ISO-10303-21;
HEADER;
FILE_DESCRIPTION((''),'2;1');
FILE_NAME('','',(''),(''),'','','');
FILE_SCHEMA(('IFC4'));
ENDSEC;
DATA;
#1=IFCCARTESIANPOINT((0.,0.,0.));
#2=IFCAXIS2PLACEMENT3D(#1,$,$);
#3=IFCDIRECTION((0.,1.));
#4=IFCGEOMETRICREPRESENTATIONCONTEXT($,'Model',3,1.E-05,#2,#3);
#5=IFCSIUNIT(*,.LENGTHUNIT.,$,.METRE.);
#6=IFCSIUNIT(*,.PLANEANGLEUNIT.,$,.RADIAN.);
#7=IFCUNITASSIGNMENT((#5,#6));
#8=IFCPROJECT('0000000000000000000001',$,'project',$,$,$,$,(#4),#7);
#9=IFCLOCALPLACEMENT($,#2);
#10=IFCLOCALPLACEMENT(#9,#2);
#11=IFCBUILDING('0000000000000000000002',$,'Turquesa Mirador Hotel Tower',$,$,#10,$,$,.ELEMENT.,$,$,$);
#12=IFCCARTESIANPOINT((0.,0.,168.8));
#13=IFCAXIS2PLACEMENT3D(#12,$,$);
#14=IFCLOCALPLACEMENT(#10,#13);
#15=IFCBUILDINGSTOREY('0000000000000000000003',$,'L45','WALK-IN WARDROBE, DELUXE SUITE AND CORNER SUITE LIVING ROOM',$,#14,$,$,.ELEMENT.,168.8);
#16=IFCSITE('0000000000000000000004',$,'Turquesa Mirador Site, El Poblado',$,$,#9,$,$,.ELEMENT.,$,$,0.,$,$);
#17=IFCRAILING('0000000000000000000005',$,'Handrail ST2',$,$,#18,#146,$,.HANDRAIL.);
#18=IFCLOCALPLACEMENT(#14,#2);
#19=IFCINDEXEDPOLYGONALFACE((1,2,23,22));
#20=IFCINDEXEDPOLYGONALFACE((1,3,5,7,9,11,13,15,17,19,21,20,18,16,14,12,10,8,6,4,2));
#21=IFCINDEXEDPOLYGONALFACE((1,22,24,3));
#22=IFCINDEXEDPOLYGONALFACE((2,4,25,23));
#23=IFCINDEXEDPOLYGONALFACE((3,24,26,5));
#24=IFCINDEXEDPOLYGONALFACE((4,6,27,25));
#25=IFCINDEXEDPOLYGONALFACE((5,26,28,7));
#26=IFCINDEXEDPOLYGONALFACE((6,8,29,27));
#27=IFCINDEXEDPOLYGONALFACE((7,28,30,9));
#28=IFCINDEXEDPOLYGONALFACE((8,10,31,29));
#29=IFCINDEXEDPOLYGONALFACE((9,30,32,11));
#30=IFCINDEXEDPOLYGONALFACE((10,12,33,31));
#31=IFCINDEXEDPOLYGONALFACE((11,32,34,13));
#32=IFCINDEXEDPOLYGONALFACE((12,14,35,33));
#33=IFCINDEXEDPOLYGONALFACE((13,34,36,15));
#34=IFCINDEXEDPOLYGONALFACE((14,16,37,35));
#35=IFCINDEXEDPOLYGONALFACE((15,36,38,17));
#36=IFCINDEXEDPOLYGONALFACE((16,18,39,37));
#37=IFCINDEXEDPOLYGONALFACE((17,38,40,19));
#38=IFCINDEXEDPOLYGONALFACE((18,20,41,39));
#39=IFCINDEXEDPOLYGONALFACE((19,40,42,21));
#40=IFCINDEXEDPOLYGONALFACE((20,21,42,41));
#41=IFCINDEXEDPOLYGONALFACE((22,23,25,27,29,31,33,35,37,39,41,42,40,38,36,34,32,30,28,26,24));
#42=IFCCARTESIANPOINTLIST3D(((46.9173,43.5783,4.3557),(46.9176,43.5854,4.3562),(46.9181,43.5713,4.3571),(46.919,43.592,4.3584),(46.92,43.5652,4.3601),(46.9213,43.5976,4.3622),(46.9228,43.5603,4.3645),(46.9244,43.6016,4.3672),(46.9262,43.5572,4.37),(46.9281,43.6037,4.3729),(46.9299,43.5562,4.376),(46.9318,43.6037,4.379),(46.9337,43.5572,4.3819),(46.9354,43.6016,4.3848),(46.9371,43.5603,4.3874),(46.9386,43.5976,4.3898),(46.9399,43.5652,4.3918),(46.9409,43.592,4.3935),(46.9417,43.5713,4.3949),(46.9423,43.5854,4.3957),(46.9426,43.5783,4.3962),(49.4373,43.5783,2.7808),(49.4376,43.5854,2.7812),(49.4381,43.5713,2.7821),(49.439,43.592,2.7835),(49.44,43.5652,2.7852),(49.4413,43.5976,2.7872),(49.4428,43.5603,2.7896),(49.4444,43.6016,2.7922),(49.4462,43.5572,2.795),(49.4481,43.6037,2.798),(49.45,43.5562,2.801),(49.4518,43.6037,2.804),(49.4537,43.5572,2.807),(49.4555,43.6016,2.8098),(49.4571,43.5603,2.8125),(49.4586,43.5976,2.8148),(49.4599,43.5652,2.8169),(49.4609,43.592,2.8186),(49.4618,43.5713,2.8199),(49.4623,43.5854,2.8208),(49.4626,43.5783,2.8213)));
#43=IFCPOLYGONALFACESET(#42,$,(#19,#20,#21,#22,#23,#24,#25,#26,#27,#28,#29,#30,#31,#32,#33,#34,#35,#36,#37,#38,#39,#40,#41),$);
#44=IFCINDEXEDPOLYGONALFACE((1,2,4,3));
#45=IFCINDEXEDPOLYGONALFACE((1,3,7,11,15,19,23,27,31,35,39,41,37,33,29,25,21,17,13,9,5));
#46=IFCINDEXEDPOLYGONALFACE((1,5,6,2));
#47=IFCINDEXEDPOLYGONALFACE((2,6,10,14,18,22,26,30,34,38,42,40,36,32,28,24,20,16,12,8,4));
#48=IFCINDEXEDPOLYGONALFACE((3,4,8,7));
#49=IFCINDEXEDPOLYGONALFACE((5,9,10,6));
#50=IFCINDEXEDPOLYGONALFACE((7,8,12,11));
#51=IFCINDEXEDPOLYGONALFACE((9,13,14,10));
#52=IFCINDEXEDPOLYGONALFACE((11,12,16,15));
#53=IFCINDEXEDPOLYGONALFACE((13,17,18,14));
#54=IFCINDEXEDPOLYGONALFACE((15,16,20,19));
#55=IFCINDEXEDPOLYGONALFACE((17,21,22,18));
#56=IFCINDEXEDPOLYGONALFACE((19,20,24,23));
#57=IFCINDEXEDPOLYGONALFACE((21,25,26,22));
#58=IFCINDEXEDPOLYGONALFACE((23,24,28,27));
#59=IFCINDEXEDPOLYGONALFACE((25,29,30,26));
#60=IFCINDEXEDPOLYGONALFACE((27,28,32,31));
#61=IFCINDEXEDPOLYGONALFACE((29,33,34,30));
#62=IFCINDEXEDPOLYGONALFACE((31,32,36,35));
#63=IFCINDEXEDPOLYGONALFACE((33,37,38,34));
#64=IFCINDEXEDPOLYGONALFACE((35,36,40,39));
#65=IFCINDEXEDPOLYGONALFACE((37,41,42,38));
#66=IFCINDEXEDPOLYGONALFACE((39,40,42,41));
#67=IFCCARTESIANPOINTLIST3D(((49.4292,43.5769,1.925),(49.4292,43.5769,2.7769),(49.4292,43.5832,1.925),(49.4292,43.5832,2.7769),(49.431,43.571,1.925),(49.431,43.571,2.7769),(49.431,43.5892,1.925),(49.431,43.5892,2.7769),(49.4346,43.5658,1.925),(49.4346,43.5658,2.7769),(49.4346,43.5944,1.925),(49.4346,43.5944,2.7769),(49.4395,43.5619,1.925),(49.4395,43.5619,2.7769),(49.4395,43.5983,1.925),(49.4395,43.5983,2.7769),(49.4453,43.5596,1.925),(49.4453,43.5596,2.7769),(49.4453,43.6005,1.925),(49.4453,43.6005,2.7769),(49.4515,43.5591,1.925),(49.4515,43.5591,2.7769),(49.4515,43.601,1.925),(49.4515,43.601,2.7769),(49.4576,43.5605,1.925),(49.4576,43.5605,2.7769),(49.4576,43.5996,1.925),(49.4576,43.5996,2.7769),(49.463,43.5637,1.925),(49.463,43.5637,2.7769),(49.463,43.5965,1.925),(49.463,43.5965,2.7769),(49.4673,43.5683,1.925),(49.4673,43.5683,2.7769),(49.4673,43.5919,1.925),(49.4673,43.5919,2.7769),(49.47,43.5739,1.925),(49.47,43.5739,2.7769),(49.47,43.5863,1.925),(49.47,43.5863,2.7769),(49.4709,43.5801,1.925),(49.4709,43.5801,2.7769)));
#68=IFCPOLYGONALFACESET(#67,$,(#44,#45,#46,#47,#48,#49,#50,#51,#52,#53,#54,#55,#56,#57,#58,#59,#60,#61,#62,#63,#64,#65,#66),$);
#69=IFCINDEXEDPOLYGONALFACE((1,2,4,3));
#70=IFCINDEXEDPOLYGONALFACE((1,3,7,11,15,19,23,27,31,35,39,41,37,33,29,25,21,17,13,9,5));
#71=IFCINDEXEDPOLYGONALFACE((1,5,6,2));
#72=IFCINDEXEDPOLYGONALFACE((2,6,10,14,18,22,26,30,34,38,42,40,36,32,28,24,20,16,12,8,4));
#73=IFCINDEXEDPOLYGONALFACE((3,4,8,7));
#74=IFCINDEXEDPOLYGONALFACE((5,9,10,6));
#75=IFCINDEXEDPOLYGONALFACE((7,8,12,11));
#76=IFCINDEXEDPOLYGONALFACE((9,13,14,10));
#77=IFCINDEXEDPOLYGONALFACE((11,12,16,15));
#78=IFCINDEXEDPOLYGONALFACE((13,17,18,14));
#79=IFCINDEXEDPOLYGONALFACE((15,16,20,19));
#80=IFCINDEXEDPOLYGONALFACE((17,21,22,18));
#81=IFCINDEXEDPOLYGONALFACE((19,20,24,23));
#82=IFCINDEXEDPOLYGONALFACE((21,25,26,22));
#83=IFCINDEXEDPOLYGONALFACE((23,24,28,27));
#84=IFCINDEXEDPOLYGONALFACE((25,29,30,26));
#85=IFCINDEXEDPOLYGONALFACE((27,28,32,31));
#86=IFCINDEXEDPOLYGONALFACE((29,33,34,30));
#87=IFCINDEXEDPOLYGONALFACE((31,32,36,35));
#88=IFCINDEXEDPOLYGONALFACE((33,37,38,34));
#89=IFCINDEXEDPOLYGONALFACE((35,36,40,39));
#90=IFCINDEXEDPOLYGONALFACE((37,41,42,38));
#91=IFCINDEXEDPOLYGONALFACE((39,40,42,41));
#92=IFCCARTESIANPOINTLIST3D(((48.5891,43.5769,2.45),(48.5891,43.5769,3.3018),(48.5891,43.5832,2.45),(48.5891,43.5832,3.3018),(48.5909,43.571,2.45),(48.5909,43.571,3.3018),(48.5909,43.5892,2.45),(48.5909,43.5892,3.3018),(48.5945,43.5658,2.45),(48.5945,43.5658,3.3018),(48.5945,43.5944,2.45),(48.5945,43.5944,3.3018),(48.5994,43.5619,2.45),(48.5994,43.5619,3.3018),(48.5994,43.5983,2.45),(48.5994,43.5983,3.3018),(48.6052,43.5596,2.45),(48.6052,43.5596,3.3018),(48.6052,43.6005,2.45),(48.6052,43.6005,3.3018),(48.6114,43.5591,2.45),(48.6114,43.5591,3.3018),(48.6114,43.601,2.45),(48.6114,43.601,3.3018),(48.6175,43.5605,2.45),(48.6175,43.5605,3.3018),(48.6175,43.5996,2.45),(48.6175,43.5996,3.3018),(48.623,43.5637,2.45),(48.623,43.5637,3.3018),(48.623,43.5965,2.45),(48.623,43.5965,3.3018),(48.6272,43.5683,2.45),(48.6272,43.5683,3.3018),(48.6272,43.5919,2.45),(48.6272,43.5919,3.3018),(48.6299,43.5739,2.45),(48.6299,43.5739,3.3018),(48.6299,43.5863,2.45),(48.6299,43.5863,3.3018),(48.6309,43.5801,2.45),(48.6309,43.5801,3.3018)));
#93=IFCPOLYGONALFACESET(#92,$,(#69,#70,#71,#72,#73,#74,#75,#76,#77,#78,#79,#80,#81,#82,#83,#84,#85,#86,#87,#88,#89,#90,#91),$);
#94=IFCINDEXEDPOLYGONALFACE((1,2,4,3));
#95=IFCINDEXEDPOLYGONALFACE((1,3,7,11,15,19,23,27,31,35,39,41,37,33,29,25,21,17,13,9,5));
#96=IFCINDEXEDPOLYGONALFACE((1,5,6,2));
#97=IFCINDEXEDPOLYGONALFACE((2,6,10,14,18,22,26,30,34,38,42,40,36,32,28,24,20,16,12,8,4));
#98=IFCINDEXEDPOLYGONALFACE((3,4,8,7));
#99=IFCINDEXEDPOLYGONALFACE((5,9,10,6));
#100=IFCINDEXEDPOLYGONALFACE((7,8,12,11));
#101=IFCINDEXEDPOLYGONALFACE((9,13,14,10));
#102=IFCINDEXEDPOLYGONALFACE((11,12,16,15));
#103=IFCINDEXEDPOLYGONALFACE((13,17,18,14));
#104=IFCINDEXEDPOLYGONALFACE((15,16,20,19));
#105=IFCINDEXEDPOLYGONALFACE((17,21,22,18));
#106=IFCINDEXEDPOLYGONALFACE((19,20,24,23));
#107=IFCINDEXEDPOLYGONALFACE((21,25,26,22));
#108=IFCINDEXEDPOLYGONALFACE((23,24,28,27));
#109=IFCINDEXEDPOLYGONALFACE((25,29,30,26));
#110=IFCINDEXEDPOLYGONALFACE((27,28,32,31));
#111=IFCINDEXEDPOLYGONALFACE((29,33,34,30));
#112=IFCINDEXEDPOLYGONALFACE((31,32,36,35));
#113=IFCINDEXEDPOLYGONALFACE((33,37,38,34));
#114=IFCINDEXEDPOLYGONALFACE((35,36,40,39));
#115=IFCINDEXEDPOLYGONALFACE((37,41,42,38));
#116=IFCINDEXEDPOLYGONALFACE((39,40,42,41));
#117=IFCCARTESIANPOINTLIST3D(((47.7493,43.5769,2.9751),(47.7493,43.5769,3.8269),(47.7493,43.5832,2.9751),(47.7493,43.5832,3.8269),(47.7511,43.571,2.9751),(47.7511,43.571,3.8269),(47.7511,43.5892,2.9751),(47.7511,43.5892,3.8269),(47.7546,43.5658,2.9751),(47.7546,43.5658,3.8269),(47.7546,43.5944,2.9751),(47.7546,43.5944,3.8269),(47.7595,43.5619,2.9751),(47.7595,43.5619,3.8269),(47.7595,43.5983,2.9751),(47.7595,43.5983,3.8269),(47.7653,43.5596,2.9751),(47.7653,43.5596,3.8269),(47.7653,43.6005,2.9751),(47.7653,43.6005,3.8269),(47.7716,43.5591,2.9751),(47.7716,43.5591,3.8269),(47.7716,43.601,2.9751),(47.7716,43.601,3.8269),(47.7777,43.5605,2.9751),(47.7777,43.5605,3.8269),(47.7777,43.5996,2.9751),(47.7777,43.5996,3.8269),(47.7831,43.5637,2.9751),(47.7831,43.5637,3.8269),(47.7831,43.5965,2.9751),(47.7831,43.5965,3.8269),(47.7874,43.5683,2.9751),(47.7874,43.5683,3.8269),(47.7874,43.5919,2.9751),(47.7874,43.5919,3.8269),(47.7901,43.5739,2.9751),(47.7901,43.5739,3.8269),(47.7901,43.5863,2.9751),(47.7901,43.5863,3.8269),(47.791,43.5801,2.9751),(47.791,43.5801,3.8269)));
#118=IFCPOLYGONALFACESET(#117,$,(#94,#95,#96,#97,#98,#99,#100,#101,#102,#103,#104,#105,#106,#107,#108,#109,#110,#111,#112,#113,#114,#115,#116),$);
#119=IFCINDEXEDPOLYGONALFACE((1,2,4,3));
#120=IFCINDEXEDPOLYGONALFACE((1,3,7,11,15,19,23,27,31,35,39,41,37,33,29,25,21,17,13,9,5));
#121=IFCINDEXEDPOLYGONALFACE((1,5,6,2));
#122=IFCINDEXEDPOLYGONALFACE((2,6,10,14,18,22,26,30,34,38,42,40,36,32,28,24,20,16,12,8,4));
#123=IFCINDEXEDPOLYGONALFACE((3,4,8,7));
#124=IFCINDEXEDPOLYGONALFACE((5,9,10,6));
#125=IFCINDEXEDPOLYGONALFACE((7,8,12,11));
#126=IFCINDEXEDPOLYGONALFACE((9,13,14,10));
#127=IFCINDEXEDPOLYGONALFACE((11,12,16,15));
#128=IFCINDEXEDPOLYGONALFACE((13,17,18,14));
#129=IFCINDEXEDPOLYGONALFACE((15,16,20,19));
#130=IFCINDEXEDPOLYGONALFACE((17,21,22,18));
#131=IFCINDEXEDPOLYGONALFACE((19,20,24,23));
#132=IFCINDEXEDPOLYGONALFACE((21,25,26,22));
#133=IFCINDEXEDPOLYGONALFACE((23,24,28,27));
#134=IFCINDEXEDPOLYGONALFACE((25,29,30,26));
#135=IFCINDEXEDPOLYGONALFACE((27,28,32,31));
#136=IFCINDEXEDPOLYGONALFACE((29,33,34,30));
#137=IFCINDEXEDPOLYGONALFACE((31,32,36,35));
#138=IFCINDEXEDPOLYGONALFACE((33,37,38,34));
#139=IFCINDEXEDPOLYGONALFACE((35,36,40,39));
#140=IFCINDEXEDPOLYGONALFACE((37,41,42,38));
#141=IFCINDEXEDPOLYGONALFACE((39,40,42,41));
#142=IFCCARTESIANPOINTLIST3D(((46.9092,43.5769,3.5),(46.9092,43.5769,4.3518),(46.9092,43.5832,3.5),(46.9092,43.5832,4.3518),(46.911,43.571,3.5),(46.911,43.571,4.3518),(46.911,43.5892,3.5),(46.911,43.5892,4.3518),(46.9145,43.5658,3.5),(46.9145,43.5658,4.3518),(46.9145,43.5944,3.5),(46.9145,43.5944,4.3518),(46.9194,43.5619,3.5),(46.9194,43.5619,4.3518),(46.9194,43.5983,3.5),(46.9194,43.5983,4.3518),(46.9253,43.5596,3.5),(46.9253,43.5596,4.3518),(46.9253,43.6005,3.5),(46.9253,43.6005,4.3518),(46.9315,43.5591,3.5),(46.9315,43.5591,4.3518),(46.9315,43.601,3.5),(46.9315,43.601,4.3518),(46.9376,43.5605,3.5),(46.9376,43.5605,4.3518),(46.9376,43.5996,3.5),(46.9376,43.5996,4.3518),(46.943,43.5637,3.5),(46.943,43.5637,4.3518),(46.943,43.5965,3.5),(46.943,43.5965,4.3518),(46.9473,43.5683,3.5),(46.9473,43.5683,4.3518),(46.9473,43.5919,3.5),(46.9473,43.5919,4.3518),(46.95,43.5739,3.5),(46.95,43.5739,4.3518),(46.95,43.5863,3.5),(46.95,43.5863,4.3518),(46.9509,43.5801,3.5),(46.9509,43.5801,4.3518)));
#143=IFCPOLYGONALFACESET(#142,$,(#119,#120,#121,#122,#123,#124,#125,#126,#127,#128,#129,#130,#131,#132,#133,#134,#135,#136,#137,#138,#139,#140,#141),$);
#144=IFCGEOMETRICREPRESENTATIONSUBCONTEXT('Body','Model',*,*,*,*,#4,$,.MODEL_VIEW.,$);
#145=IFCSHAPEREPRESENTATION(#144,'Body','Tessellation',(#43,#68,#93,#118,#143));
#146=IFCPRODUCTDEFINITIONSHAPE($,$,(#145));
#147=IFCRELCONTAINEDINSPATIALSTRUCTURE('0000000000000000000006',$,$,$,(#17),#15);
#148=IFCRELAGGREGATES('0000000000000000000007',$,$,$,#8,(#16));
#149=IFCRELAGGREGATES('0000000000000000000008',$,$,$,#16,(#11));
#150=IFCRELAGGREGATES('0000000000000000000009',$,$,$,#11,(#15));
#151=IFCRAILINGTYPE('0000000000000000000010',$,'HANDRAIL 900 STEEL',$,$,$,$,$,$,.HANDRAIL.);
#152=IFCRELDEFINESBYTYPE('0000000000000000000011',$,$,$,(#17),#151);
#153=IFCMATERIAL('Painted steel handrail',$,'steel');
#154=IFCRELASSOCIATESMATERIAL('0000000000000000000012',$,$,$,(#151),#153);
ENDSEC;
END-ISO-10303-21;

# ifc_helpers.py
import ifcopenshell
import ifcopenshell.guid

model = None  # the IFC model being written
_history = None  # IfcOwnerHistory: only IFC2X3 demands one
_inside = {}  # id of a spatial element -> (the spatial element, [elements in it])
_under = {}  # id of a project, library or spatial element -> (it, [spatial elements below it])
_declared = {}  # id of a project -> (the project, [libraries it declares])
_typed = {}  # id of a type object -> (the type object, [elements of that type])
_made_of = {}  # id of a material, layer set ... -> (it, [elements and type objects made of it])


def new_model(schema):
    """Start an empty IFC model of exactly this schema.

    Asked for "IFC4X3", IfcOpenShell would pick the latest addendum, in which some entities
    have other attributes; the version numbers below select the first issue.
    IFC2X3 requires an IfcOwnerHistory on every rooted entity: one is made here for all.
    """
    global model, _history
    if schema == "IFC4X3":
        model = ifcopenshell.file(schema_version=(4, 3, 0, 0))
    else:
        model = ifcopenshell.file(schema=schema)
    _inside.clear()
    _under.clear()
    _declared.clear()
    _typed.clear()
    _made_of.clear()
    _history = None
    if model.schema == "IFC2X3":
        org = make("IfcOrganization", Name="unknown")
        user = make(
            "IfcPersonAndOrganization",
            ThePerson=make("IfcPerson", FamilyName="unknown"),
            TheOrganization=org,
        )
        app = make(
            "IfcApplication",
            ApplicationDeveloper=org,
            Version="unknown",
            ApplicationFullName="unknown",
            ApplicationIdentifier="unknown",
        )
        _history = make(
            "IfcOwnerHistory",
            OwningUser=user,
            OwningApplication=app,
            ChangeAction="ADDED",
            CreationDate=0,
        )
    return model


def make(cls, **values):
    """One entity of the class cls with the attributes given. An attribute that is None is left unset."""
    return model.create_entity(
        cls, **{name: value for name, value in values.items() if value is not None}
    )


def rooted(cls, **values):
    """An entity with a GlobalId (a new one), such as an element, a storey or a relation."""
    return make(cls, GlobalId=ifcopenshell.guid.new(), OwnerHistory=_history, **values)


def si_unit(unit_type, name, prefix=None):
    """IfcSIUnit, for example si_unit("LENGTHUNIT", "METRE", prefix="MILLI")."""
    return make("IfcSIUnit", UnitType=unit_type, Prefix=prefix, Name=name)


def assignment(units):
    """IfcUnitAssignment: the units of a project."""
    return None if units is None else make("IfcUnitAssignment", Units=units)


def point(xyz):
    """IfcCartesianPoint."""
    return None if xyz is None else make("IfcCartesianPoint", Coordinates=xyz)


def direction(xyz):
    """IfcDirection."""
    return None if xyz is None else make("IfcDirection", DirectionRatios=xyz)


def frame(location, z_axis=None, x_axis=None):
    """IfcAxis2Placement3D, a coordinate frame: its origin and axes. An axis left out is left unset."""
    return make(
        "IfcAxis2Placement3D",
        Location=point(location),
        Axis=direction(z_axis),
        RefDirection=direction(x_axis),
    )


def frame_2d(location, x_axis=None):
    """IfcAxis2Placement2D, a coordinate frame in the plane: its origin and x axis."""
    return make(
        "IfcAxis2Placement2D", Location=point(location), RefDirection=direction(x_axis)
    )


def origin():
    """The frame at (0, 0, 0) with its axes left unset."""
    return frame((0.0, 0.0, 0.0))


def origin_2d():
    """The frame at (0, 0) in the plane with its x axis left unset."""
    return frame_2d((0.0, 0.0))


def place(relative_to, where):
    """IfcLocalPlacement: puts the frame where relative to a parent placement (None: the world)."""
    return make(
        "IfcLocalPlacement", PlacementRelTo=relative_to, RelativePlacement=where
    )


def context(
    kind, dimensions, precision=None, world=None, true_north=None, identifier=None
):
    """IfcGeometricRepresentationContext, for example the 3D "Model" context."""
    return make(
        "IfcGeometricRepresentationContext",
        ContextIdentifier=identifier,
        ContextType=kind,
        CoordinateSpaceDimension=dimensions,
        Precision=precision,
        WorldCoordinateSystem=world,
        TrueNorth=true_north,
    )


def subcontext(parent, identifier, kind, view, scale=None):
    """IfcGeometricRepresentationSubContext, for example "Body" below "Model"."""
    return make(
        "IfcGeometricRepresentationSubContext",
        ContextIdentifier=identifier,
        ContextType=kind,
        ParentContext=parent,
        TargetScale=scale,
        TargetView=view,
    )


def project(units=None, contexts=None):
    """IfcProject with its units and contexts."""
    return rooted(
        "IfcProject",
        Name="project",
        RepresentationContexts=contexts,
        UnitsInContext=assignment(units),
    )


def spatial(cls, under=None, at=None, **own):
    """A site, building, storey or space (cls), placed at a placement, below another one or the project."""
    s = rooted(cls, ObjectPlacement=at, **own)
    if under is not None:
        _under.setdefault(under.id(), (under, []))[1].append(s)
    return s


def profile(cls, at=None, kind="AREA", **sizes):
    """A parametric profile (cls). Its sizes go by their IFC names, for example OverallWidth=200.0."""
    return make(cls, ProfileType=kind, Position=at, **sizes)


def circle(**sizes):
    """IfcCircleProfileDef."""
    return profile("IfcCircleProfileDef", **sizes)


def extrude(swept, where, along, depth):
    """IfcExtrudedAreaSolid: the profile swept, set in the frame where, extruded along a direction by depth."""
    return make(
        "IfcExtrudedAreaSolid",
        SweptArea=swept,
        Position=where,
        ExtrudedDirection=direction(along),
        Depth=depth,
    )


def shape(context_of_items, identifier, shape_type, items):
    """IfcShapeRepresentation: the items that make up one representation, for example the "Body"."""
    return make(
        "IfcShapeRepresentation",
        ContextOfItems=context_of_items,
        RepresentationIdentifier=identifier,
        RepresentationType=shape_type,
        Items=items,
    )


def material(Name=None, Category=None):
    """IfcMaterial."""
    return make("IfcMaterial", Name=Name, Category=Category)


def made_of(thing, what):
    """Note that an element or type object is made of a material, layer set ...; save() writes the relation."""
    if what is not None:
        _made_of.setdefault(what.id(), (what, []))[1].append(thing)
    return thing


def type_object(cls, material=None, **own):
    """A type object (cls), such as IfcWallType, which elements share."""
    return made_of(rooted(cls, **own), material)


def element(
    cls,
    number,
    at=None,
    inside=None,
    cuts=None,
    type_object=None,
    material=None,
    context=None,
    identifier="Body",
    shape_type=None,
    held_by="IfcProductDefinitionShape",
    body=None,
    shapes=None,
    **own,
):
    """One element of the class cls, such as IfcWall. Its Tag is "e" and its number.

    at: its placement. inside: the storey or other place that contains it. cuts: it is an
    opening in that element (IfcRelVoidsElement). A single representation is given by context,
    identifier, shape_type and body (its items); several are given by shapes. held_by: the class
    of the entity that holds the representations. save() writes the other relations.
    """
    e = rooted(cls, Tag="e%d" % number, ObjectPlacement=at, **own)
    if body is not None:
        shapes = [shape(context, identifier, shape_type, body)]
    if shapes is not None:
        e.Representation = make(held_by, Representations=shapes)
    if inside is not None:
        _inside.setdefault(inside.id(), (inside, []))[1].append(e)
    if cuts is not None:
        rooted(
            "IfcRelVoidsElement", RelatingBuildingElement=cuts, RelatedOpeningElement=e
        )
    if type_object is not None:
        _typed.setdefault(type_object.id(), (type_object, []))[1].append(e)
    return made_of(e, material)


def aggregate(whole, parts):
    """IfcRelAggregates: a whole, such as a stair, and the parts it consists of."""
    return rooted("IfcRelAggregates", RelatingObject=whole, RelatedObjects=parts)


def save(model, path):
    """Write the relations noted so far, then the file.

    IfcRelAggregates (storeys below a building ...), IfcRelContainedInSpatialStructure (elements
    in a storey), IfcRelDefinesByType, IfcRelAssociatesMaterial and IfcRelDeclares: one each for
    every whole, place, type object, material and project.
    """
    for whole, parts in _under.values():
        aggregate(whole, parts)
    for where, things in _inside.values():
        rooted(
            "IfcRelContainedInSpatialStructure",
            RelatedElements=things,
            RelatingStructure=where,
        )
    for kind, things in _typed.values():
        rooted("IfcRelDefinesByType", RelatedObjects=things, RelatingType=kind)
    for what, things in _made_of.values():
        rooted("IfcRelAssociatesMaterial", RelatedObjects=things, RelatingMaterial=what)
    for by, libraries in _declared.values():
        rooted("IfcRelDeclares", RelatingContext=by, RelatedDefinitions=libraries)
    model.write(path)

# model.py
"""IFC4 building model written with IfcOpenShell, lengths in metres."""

from ifc_helpers import new_model, si_unit, direction, frame, origin, origin_2d, place, context, subcontext, project, spatial, circle, extrude, material, type_object, element, save


model = new_model("IFC4")

# Units and contexts
model_context = context("Model", 3, precision=1e-05, world=origin(), true_north=direction((0.0, 1.0)))
body_context = subcontext(model_context, "Body", "Model", "MODEL_VIEW")
ifc_project = project(units=[si_unit("LENGTHUNIT", "METRE"), si_unit("PLANEANGLEUNIT", "RADIAN")], contexts=[model_context])

# Site, building, storey
site_placement = place(None, origin())
site = spatial("IfcSite", under=ifc_project, at=site_placement, Name="Turquesa Mirador Site, El Poblado", CompositionType="ELEMENT", RefElevation=0.0)
building_placement = place(site_placement, origin())
building = spatial("IfcBuilding", under=site, at=building_placement, Name="Turquesa Mirador Hotel Tower", CompositionType="ELEMENT")
storey_placement = place(building_placement, frame((0.0, 0.0, 168.8)))
storey = spatial("IfcBuildingStorey", under=building, at=storey_placement, Name="L45", Description="WALK-IN WARDROBE, DELUXE SUITE AND CORNER SUITE LIVING ROOM", CompositionType="ELEMENT", Elevation=168.8)

# Railing
ifc_material_1 = material(Name="Painted steel handrail", Category="steel")
railing_type = type_object("IfcRailingType", Name="HANDRAIL 900 STEEL", PredefinedType="HANDRAIL", material=ifc_material_1)
railing_1_placement = place(storey_placement, frame((49.45, 43.5801, 1.925)))
element("IfcRailing", 1, at=railing_1_placement, inside=storey, type_object=railing_type, Name="Handrail ST2", PredefinedType="HANDRAIL", context=body_context, shape_type="SweptSolid", body=[
    extrude(circle(Radius=0.0239, at=origin_2d()), frame((0.0, 0.0, 0.876), z_axis=(-0.848008, 0.0, 0.529984), x_axis=(0.0, -1.0, 0.0)), (0.0, 0.0, 1.0), 2.9717),
    extrude(circle(Radius=0.021, at=origin_2d()), origin(), (0.0, 0.0, 1.0), 0.8518),
    extrude(circle(Radius=0.021, at=origin_2d()), frame((-0.8401, 0.0, 0.5249)), (0.0, 0.0, 1.0), 0.8518),
    extrude(circle(Radius=0.021, at=origin_2d()), frame((-1.6799, 0.0, 1.05)), (0.0, 0.0, 1.0), 0.8518),
    extrude(circle(Radius=0.021, at=origin_2d()), frame((-2.52, 0.0, 1.575)), (0.0, 0.0, 1.0), 0.8518),
])

save(model, "model.ifc")
